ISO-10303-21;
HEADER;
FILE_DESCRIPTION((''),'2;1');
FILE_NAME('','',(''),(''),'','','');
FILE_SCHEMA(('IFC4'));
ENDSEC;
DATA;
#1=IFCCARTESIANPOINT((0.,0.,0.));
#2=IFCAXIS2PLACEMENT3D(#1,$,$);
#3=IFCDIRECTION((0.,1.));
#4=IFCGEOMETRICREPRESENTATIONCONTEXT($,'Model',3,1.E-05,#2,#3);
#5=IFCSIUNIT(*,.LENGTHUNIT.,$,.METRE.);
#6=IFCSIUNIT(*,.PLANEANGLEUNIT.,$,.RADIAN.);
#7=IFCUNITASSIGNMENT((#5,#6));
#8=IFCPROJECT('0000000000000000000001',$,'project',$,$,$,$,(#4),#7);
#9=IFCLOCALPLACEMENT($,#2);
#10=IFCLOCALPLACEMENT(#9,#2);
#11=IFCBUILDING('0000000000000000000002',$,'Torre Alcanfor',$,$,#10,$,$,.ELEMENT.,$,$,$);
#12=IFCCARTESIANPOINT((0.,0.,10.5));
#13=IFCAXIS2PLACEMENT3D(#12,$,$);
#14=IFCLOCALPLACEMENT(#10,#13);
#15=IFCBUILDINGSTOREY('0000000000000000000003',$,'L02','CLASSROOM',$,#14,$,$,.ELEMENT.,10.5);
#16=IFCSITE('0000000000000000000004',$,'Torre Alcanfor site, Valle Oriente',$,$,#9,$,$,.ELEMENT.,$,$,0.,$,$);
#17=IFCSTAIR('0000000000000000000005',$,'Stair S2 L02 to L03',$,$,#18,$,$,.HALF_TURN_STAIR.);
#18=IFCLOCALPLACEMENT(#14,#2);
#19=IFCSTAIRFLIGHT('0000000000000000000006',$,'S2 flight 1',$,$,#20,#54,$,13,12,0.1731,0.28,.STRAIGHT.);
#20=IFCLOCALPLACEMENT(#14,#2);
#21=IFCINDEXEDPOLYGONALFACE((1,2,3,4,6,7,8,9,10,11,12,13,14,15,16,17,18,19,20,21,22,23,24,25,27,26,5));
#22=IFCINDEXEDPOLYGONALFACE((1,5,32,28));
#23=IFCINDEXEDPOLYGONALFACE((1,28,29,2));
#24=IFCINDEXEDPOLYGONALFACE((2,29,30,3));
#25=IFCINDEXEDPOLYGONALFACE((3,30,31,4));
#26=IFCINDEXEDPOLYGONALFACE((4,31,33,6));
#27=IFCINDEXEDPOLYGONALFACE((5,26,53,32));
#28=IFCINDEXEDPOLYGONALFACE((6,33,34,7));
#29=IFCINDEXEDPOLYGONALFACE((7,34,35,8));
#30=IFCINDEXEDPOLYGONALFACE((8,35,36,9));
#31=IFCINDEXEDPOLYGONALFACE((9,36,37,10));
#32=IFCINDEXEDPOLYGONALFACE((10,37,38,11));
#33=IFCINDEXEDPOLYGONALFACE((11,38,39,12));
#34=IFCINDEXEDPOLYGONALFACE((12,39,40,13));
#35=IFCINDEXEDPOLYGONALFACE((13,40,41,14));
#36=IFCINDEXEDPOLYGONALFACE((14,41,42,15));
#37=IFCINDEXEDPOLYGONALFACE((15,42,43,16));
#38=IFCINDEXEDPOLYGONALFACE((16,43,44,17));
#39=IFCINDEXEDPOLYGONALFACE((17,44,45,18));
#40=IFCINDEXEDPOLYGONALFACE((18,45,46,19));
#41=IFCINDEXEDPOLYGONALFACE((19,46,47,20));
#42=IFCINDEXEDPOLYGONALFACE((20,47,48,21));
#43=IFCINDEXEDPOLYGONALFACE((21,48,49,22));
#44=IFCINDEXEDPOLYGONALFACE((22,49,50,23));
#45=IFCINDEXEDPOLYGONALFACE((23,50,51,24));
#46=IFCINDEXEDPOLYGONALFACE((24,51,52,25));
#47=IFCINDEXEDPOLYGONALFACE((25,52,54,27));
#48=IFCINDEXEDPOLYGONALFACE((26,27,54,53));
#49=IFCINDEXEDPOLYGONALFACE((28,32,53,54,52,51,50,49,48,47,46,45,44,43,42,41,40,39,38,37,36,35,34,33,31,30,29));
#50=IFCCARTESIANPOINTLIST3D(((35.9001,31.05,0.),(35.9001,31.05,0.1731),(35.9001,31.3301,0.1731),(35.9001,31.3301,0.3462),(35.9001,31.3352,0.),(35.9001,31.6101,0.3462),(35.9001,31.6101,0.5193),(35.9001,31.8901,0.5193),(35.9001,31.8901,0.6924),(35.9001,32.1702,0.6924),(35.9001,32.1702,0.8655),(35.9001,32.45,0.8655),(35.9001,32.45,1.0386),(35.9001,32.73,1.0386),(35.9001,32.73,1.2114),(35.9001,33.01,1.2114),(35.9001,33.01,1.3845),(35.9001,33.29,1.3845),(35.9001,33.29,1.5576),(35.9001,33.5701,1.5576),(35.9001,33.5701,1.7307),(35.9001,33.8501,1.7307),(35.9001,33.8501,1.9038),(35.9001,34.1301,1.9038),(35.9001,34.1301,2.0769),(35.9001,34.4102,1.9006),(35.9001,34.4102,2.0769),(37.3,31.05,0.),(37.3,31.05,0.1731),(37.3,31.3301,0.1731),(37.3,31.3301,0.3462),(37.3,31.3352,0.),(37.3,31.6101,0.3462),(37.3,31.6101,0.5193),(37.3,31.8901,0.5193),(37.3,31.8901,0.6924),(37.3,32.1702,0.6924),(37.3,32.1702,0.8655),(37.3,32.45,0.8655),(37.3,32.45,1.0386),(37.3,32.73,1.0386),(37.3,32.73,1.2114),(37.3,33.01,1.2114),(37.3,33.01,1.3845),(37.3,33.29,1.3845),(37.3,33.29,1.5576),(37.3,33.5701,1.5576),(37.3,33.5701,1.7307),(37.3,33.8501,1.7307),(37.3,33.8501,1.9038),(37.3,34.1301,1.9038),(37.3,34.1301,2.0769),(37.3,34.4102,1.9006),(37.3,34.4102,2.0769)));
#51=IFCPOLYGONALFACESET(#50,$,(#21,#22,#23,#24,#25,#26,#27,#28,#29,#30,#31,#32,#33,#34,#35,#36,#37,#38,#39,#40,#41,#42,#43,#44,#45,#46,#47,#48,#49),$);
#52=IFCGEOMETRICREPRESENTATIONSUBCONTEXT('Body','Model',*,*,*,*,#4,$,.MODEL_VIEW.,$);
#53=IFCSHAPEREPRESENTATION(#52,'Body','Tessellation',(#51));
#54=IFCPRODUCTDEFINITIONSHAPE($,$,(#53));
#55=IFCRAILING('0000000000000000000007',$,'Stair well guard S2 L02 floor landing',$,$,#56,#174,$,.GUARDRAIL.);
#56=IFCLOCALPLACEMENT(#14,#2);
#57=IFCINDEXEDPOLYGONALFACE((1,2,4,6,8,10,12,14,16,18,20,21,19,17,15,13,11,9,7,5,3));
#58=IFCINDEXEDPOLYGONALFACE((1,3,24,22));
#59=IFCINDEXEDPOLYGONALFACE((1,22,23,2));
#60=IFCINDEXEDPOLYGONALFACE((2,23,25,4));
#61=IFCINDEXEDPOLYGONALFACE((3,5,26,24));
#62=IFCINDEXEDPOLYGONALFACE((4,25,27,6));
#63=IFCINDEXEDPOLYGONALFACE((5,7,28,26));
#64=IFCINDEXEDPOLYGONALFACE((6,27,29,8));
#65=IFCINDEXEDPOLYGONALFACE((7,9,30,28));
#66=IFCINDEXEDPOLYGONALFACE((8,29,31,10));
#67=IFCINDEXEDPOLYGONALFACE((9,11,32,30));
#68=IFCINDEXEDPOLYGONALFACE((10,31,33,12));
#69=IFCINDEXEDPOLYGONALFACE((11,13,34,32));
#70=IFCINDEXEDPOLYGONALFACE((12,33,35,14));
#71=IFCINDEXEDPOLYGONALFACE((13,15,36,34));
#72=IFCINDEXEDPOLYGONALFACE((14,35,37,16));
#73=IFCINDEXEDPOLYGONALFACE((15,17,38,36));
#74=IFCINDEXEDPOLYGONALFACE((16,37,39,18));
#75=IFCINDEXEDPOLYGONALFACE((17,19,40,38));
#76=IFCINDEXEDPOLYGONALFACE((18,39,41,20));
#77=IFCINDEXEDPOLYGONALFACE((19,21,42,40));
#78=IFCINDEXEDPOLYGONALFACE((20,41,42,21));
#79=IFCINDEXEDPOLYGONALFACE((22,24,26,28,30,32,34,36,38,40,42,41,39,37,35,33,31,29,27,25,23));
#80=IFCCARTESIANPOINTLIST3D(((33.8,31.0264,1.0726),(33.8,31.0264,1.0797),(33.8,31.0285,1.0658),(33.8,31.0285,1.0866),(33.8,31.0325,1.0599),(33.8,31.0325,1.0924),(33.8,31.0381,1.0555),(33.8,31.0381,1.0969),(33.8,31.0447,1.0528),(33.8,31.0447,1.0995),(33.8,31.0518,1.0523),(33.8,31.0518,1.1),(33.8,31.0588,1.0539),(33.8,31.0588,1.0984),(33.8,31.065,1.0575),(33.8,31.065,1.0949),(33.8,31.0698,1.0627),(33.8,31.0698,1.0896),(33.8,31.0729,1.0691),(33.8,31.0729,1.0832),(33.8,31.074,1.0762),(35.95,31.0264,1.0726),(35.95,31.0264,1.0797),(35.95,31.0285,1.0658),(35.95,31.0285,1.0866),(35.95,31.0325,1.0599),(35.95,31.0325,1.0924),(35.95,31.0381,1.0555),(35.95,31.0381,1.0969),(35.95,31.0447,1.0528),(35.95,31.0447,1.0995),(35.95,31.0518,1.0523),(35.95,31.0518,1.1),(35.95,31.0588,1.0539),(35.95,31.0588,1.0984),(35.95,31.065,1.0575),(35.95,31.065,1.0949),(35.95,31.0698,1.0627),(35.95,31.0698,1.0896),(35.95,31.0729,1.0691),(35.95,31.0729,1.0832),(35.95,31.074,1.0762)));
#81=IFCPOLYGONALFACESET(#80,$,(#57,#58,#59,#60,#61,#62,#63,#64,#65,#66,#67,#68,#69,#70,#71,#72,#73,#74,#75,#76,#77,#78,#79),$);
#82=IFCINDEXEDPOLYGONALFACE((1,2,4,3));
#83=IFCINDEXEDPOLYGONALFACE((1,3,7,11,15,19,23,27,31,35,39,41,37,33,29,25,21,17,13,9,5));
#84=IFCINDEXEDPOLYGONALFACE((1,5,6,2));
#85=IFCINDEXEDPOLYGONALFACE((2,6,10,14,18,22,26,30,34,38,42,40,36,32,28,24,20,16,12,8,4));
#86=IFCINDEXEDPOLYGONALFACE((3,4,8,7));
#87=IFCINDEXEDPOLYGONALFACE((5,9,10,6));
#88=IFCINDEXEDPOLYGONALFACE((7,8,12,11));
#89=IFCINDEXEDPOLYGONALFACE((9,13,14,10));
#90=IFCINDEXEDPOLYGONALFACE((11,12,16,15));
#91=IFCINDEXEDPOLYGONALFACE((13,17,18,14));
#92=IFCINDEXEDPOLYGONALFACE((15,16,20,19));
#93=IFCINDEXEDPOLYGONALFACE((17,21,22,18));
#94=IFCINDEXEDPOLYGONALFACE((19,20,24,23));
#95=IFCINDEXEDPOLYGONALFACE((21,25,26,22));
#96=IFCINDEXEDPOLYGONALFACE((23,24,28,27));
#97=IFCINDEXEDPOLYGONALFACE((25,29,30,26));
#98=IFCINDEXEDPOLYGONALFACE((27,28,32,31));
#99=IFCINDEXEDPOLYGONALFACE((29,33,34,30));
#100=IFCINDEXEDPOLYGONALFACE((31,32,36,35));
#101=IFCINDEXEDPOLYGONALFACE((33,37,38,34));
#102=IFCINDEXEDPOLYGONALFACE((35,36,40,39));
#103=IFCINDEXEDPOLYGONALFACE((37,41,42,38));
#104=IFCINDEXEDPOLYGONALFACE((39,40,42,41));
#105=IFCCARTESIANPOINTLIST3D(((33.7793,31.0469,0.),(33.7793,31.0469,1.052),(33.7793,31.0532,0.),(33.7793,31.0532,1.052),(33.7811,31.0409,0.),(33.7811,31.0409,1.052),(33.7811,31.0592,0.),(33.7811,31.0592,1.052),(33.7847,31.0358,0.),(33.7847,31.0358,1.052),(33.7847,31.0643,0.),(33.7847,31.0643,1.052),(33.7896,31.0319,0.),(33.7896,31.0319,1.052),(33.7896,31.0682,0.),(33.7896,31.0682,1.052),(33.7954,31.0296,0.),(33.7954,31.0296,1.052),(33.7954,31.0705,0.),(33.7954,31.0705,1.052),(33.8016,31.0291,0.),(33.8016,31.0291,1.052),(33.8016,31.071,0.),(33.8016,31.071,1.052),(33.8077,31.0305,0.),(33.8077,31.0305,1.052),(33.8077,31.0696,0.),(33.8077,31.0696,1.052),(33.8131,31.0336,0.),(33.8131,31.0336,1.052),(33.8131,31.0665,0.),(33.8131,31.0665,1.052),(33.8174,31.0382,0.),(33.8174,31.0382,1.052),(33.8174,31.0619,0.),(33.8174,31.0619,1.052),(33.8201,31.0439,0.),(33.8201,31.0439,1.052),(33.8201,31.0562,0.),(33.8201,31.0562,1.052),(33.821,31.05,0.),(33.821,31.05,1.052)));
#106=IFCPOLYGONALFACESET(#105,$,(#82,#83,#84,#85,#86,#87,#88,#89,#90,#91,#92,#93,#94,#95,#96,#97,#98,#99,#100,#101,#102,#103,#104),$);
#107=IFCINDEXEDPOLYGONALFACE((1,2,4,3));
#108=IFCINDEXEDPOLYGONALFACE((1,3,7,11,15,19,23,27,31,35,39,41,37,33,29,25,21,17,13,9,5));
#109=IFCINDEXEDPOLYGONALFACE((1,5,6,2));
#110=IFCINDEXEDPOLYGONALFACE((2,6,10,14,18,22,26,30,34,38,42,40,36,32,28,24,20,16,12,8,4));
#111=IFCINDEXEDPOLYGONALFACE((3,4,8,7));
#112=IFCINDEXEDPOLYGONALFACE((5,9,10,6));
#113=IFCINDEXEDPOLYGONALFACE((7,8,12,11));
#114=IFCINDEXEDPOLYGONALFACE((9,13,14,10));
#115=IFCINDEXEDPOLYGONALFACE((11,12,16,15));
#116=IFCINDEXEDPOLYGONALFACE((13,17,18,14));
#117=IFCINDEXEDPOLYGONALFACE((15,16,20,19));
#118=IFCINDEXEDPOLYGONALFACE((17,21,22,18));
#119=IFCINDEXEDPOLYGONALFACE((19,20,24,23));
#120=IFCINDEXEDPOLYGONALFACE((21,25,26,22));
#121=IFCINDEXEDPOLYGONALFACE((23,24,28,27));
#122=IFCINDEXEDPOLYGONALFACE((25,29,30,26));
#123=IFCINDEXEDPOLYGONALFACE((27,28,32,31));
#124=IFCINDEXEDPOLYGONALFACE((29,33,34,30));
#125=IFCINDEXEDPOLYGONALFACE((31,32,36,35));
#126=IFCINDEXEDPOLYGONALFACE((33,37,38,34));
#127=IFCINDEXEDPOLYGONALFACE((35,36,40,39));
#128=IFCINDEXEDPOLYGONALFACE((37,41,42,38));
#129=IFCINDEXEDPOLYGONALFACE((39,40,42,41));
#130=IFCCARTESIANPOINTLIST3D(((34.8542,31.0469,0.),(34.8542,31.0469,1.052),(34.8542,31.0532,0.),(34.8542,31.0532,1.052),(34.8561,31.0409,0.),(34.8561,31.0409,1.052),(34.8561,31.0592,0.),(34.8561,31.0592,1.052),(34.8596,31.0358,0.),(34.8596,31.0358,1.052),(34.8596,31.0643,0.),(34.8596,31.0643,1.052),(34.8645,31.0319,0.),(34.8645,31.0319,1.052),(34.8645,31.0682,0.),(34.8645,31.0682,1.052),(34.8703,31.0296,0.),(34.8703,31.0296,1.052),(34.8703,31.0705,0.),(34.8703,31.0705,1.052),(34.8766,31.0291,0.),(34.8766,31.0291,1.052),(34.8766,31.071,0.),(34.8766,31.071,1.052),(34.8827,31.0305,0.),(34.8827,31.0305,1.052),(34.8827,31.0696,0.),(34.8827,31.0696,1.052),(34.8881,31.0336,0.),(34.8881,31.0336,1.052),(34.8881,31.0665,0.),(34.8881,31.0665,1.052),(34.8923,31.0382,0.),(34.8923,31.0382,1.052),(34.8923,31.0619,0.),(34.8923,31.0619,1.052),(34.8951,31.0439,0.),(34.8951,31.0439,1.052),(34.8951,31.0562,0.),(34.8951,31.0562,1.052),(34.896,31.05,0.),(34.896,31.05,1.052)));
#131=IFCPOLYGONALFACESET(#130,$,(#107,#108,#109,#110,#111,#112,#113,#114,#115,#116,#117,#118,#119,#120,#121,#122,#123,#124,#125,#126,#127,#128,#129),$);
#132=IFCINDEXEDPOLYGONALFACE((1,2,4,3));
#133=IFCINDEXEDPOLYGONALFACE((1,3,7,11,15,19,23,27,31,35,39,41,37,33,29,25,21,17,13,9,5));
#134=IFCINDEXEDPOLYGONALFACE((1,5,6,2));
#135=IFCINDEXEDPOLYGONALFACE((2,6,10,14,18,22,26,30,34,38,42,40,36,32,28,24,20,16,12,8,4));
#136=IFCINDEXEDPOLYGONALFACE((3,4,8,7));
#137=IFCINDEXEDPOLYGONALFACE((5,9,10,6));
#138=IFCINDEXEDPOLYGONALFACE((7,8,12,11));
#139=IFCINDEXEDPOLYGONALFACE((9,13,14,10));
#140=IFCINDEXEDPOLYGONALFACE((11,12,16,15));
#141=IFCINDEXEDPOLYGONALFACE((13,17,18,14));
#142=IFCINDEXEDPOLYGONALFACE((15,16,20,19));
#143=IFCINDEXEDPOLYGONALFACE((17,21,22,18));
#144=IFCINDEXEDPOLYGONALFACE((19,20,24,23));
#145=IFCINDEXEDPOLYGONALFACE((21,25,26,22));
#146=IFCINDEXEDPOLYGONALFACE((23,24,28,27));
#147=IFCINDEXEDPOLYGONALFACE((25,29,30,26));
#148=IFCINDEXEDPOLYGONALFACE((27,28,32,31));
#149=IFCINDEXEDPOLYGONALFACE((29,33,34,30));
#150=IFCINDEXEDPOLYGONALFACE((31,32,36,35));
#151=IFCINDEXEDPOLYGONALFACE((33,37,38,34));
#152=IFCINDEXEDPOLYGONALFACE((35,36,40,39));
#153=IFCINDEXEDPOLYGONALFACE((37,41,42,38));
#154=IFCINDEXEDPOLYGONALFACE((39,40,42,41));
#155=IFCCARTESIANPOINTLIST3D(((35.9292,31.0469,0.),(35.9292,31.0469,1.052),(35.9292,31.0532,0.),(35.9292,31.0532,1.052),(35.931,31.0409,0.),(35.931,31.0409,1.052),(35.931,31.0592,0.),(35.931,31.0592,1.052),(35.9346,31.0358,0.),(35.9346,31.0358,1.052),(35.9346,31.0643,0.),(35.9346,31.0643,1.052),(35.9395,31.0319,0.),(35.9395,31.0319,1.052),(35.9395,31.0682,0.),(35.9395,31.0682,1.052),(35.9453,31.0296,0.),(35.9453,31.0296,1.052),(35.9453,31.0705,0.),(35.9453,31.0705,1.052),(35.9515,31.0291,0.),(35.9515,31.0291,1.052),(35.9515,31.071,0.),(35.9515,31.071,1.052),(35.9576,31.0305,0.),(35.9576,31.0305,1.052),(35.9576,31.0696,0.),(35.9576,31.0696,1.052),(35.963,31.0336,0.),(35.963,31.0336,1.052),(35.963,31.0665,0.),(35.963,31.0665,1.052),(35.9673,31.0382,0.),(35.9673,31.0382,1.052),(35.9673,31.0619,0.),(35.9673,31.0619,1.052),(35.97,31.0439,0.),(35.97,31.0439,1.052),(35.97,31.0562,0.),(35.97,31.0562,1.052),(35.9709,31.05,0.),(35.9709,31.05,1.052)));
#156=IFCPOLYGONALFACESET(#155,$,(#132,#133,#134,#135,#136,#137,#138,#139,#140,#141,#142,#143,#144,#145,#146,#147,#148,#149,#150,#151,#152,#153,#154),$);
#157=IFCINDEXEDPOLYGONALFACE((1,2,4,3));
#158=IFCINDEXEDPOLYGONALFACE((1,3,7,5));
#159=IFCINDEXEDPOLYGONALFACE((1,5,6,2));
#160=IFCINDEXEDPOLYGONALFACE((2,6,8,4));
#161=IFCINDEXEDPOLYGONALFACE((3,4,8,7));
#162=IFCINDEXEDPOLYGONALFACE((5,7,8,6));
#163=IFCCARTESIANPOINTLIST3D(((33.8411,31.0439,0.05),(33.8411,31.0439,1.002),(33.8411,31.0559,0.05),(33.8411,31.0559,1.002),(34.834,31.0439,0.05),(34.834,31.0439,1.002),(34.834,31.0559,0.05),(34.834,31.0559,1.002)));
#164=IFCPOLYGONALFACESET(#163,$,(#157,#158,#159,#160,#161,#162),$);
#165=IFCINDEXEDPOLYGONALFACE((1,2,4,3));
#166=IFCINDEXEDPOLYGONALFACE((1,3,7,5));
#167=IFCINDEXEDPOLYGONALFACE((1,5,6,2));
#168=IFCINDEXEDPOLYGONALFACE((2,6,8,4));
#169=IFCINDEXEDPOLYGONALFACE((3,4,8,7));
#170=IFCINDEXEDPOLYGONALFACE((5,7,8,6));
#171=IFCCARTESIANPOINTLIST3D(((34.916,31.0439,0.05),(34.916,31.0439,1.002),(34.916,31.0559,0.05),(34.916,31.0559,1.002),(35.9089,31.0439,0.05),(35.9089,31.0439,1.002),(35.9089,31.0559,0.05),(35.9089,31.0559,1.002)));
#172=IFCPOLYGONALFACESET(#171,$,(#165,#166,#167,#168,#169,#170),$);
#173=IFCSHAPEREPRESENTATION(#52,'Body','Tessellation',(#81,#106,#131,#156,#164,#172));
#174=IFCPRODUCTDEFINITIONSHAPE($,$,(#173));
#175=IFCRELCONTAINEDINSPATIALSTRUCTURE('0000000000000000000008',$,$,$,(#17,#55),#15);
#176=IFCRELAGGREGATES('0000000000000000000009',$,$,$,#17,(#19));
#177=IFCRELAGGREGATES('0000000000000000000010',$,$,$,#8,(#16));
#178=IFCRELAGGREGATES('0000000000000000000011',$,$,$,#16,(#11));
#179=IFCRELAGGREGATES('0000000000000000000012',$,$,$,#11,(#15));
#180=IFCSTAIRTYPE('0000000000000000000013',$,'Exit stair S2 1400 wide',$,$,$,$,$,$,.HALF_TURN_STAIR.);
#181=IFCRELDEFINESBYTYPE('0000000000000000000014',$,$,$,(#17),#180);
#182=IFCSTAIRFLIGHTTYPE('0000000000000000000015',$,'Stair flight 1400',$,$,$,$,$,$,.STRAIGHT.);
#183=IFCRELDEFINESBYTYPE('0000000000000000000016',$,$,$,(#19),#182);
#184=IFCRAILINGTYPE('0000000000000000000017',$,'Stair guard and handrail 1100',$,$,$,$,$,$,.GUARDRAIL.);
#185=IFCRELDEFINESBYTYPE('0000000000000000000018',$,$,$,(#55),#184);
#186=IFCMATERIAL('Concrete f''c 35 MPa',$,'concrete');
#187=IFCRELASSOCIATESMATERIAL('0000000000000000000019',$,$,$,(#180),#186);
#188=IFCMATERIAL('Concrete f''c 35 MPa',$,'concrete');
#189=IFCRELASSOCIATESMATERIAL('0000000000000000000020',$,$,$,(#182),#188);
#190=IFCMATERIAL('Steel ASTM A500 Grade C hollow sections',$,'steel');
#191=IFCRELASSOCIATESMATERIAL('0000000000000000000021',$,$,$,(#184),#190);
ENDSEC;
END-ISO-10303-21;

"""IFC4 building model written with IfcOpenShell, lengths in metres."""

from ifc_helpers import new_model, si_unit, direction, frame, origin, origin_2d, place, context, subcontext, project, spatial, polyline, circle, outline, extrude, material, type_object, element, aggregate, save


model = new_model("IFC4")

# Units and contexts
model_context = context("Model", 3, precision=1e-05, world=origin(), true_north=direction((0.0, 1.0)))
body_context = subcontext(model_context, "Body", "Model", "MODEL_VIEW")
ifc_project = project(units=[si_unit("LENGTHUNIT", "METRE"), si_unit("PLANEANGLEUNIT", "RADIAN")], contexts=[model_context])

# Site, building, storey
site_placement = place(None, origin())
site = spatial("IfcSite", under=ifc_project, at=site_placement, Name="Torre Alcanfor site, Valle Oriente", CompositionType="ELEMENT", RefElevation=0.0)
building_placement = place(site_placement, origin())
building = spatial("IfcBuilding", under=site, at=building_placement, Name="Torre Alcanfor", CompositionType="ELEMENT")
storey_placement = place(building_placement, frame((0.0, 0.0, 10.5)))
storey = spatial("IfcBuildingStorey", under=building, at=storey_placement, Name="L02", Description="CLASSROOM", CompositionType="ELEMENT", Elevation=10.5)

# Stair, stair flight
ifc_material_1 = material(Name="Concrete f'c 35 MPa", Category="concrete")
stair_type = type_object("IfcStairType", Name="Exit stair S2 1400 wide", PredefinedType="HALF_TURN_STAIR", material=ifc_material_1)
stair_placement = place(storey_placement, origin())
stair = element("IfcStair", 1, at=stair_placement, inside=storey, type_object=stair_type, Name="Stair S2 L02 to L03", PredefinedType="HALF_TURN_STAIR")
ifc_material_2 = material(Name="Concrete f'c 35 MPa", Category="concrete")
stair_flight_type = type_object("IfcStairFlightType", Name="Stair flight 1400", PredefinedType="STRAIGHT", material=ifc_material_2)
stair_flight_placement = place(storey_placement, frame((36.6001, 31.05, 0.0), z_axis=(0.0, 0.0, 1.0), x_axis=(0.0, 1.0, 0.0)))
stair_flight = element("IfcStairFlight", 2, at=stair_flight_placement, type_object=stair_flight_type, Name="S2 flight 1", NumberOfRisers=13, NumberOfTreads=12, PredefinedType="STRAIGHT", RiserHeight=0.1731, TreadLength=0.28, context=body_context, shape_type="SweptSolid", body=[
    extrude(outline(polyline([(0.0, 0.0), (0.0, 0.1731), (0.28, 0.1731), (0.28, 0.3462), (0.5601, 0.3462), (0.5601, 0.5193), (0.8401, 0.5193), (0.8401, 0.6924), (1.1201, 0.6924), (1.1201, 0.8655), (1.3999, 0.8655), (1.3999, 1.0386), (1.6799, 1.0386), (1.6799, 1.2114), (1.96, 1.2114), (1.96, 1.3845), (2.24, 1.3845), (2.24, 1.5576), (2.52, 1.5576), (2.52, 1.7307), (2.8, 1.7307), (2.8, 1.9038), (3.0801, 1.9038), (3.0801, 2.0769), (3.3601, 2.0769), (3.3601, 2.25), (3.3601, 1.9006), (0.2852, 0.0), (0.0, 0.0)])), frame((0.0, 0.7, 0.0), z_axis=(0.0, -1.0, 0.0), x_axis=(1.0, 0.0, 0.0)), (0.0, 0.0, 1.0), 1.3999),
])
aggregate(stair, [stair_flight])

# Railing
ifc_material_3 = material(Name="Steel ASTM A500 Grade C hollow sections", Category="steel")
railing_type_1 = type_object("IfcRailingType", Name="Stair guard and handrail 1100", PredefinedType="GUARDRAIL", material=ifc_material_3)
railing_1_placement = place(storey_placement, frame((33.8, 31.05, 0.0)))
element("IfcRailing", 3, at=railing_1_placement, inside=storey, type_object=railing_type_1, Name="Stair well guard S2 L02 floor landing", PredefinedType="GUARDRAIL", context=body_context, shape_type="SweptSolid", body=[
    extrude(circle(Radius=0.0239, at=origin_2d()), frame((0.0, 0.0, 1.0762), z_axis=(1.0, 0.0, 0.0), x_axis=(0.0, 1.0, 0.0)), (0.0, 0.0, 1.0), 2.1499),
    extrude(circle(Radius=0.021, at=origin_2d()), origin(), (0.0, 0.0, 1.0), 1.052),
    extrude(circle(Radius=0.021, at=origin_2d()), frame((1.075, 0.0, 0.0)), (0.0, 0.0, 1.0), 1.052),
    extrude(circle(Radius=0.021, at=origin_2d()), frame((2.1499, 0.0, 0.0)), (0.0, 0.0, 1.0), 1.052),
    extrude(outline(polyline([(0.041, 0.05), (1.0339, 0.05), (1.0339, 1.002), (0.041, 1.002), (0.041, 0.05)])), frame((0.0, 0.0059, 0.0), z_axis=(0.0, -1.0, 0.0), x_axis=(1.0, 0.0, 0.0)), (0.0, 0.0, 1.0), 0.012),
    extrude(outline(polyline([(1.116, 0.05), (2.1089, 0.05), (2.1089, 1.002), (1.116, 1.002), (1.116, 0.05)])), frame((0.0, 0.0059, 0.0), z_axis=(0.0, -1.0, 0.0), x_axis=(1.0, 0.0, 0.0)), (0.0, 0.0, 1.0), 0.012),
])

save(model, "model.ifc")
